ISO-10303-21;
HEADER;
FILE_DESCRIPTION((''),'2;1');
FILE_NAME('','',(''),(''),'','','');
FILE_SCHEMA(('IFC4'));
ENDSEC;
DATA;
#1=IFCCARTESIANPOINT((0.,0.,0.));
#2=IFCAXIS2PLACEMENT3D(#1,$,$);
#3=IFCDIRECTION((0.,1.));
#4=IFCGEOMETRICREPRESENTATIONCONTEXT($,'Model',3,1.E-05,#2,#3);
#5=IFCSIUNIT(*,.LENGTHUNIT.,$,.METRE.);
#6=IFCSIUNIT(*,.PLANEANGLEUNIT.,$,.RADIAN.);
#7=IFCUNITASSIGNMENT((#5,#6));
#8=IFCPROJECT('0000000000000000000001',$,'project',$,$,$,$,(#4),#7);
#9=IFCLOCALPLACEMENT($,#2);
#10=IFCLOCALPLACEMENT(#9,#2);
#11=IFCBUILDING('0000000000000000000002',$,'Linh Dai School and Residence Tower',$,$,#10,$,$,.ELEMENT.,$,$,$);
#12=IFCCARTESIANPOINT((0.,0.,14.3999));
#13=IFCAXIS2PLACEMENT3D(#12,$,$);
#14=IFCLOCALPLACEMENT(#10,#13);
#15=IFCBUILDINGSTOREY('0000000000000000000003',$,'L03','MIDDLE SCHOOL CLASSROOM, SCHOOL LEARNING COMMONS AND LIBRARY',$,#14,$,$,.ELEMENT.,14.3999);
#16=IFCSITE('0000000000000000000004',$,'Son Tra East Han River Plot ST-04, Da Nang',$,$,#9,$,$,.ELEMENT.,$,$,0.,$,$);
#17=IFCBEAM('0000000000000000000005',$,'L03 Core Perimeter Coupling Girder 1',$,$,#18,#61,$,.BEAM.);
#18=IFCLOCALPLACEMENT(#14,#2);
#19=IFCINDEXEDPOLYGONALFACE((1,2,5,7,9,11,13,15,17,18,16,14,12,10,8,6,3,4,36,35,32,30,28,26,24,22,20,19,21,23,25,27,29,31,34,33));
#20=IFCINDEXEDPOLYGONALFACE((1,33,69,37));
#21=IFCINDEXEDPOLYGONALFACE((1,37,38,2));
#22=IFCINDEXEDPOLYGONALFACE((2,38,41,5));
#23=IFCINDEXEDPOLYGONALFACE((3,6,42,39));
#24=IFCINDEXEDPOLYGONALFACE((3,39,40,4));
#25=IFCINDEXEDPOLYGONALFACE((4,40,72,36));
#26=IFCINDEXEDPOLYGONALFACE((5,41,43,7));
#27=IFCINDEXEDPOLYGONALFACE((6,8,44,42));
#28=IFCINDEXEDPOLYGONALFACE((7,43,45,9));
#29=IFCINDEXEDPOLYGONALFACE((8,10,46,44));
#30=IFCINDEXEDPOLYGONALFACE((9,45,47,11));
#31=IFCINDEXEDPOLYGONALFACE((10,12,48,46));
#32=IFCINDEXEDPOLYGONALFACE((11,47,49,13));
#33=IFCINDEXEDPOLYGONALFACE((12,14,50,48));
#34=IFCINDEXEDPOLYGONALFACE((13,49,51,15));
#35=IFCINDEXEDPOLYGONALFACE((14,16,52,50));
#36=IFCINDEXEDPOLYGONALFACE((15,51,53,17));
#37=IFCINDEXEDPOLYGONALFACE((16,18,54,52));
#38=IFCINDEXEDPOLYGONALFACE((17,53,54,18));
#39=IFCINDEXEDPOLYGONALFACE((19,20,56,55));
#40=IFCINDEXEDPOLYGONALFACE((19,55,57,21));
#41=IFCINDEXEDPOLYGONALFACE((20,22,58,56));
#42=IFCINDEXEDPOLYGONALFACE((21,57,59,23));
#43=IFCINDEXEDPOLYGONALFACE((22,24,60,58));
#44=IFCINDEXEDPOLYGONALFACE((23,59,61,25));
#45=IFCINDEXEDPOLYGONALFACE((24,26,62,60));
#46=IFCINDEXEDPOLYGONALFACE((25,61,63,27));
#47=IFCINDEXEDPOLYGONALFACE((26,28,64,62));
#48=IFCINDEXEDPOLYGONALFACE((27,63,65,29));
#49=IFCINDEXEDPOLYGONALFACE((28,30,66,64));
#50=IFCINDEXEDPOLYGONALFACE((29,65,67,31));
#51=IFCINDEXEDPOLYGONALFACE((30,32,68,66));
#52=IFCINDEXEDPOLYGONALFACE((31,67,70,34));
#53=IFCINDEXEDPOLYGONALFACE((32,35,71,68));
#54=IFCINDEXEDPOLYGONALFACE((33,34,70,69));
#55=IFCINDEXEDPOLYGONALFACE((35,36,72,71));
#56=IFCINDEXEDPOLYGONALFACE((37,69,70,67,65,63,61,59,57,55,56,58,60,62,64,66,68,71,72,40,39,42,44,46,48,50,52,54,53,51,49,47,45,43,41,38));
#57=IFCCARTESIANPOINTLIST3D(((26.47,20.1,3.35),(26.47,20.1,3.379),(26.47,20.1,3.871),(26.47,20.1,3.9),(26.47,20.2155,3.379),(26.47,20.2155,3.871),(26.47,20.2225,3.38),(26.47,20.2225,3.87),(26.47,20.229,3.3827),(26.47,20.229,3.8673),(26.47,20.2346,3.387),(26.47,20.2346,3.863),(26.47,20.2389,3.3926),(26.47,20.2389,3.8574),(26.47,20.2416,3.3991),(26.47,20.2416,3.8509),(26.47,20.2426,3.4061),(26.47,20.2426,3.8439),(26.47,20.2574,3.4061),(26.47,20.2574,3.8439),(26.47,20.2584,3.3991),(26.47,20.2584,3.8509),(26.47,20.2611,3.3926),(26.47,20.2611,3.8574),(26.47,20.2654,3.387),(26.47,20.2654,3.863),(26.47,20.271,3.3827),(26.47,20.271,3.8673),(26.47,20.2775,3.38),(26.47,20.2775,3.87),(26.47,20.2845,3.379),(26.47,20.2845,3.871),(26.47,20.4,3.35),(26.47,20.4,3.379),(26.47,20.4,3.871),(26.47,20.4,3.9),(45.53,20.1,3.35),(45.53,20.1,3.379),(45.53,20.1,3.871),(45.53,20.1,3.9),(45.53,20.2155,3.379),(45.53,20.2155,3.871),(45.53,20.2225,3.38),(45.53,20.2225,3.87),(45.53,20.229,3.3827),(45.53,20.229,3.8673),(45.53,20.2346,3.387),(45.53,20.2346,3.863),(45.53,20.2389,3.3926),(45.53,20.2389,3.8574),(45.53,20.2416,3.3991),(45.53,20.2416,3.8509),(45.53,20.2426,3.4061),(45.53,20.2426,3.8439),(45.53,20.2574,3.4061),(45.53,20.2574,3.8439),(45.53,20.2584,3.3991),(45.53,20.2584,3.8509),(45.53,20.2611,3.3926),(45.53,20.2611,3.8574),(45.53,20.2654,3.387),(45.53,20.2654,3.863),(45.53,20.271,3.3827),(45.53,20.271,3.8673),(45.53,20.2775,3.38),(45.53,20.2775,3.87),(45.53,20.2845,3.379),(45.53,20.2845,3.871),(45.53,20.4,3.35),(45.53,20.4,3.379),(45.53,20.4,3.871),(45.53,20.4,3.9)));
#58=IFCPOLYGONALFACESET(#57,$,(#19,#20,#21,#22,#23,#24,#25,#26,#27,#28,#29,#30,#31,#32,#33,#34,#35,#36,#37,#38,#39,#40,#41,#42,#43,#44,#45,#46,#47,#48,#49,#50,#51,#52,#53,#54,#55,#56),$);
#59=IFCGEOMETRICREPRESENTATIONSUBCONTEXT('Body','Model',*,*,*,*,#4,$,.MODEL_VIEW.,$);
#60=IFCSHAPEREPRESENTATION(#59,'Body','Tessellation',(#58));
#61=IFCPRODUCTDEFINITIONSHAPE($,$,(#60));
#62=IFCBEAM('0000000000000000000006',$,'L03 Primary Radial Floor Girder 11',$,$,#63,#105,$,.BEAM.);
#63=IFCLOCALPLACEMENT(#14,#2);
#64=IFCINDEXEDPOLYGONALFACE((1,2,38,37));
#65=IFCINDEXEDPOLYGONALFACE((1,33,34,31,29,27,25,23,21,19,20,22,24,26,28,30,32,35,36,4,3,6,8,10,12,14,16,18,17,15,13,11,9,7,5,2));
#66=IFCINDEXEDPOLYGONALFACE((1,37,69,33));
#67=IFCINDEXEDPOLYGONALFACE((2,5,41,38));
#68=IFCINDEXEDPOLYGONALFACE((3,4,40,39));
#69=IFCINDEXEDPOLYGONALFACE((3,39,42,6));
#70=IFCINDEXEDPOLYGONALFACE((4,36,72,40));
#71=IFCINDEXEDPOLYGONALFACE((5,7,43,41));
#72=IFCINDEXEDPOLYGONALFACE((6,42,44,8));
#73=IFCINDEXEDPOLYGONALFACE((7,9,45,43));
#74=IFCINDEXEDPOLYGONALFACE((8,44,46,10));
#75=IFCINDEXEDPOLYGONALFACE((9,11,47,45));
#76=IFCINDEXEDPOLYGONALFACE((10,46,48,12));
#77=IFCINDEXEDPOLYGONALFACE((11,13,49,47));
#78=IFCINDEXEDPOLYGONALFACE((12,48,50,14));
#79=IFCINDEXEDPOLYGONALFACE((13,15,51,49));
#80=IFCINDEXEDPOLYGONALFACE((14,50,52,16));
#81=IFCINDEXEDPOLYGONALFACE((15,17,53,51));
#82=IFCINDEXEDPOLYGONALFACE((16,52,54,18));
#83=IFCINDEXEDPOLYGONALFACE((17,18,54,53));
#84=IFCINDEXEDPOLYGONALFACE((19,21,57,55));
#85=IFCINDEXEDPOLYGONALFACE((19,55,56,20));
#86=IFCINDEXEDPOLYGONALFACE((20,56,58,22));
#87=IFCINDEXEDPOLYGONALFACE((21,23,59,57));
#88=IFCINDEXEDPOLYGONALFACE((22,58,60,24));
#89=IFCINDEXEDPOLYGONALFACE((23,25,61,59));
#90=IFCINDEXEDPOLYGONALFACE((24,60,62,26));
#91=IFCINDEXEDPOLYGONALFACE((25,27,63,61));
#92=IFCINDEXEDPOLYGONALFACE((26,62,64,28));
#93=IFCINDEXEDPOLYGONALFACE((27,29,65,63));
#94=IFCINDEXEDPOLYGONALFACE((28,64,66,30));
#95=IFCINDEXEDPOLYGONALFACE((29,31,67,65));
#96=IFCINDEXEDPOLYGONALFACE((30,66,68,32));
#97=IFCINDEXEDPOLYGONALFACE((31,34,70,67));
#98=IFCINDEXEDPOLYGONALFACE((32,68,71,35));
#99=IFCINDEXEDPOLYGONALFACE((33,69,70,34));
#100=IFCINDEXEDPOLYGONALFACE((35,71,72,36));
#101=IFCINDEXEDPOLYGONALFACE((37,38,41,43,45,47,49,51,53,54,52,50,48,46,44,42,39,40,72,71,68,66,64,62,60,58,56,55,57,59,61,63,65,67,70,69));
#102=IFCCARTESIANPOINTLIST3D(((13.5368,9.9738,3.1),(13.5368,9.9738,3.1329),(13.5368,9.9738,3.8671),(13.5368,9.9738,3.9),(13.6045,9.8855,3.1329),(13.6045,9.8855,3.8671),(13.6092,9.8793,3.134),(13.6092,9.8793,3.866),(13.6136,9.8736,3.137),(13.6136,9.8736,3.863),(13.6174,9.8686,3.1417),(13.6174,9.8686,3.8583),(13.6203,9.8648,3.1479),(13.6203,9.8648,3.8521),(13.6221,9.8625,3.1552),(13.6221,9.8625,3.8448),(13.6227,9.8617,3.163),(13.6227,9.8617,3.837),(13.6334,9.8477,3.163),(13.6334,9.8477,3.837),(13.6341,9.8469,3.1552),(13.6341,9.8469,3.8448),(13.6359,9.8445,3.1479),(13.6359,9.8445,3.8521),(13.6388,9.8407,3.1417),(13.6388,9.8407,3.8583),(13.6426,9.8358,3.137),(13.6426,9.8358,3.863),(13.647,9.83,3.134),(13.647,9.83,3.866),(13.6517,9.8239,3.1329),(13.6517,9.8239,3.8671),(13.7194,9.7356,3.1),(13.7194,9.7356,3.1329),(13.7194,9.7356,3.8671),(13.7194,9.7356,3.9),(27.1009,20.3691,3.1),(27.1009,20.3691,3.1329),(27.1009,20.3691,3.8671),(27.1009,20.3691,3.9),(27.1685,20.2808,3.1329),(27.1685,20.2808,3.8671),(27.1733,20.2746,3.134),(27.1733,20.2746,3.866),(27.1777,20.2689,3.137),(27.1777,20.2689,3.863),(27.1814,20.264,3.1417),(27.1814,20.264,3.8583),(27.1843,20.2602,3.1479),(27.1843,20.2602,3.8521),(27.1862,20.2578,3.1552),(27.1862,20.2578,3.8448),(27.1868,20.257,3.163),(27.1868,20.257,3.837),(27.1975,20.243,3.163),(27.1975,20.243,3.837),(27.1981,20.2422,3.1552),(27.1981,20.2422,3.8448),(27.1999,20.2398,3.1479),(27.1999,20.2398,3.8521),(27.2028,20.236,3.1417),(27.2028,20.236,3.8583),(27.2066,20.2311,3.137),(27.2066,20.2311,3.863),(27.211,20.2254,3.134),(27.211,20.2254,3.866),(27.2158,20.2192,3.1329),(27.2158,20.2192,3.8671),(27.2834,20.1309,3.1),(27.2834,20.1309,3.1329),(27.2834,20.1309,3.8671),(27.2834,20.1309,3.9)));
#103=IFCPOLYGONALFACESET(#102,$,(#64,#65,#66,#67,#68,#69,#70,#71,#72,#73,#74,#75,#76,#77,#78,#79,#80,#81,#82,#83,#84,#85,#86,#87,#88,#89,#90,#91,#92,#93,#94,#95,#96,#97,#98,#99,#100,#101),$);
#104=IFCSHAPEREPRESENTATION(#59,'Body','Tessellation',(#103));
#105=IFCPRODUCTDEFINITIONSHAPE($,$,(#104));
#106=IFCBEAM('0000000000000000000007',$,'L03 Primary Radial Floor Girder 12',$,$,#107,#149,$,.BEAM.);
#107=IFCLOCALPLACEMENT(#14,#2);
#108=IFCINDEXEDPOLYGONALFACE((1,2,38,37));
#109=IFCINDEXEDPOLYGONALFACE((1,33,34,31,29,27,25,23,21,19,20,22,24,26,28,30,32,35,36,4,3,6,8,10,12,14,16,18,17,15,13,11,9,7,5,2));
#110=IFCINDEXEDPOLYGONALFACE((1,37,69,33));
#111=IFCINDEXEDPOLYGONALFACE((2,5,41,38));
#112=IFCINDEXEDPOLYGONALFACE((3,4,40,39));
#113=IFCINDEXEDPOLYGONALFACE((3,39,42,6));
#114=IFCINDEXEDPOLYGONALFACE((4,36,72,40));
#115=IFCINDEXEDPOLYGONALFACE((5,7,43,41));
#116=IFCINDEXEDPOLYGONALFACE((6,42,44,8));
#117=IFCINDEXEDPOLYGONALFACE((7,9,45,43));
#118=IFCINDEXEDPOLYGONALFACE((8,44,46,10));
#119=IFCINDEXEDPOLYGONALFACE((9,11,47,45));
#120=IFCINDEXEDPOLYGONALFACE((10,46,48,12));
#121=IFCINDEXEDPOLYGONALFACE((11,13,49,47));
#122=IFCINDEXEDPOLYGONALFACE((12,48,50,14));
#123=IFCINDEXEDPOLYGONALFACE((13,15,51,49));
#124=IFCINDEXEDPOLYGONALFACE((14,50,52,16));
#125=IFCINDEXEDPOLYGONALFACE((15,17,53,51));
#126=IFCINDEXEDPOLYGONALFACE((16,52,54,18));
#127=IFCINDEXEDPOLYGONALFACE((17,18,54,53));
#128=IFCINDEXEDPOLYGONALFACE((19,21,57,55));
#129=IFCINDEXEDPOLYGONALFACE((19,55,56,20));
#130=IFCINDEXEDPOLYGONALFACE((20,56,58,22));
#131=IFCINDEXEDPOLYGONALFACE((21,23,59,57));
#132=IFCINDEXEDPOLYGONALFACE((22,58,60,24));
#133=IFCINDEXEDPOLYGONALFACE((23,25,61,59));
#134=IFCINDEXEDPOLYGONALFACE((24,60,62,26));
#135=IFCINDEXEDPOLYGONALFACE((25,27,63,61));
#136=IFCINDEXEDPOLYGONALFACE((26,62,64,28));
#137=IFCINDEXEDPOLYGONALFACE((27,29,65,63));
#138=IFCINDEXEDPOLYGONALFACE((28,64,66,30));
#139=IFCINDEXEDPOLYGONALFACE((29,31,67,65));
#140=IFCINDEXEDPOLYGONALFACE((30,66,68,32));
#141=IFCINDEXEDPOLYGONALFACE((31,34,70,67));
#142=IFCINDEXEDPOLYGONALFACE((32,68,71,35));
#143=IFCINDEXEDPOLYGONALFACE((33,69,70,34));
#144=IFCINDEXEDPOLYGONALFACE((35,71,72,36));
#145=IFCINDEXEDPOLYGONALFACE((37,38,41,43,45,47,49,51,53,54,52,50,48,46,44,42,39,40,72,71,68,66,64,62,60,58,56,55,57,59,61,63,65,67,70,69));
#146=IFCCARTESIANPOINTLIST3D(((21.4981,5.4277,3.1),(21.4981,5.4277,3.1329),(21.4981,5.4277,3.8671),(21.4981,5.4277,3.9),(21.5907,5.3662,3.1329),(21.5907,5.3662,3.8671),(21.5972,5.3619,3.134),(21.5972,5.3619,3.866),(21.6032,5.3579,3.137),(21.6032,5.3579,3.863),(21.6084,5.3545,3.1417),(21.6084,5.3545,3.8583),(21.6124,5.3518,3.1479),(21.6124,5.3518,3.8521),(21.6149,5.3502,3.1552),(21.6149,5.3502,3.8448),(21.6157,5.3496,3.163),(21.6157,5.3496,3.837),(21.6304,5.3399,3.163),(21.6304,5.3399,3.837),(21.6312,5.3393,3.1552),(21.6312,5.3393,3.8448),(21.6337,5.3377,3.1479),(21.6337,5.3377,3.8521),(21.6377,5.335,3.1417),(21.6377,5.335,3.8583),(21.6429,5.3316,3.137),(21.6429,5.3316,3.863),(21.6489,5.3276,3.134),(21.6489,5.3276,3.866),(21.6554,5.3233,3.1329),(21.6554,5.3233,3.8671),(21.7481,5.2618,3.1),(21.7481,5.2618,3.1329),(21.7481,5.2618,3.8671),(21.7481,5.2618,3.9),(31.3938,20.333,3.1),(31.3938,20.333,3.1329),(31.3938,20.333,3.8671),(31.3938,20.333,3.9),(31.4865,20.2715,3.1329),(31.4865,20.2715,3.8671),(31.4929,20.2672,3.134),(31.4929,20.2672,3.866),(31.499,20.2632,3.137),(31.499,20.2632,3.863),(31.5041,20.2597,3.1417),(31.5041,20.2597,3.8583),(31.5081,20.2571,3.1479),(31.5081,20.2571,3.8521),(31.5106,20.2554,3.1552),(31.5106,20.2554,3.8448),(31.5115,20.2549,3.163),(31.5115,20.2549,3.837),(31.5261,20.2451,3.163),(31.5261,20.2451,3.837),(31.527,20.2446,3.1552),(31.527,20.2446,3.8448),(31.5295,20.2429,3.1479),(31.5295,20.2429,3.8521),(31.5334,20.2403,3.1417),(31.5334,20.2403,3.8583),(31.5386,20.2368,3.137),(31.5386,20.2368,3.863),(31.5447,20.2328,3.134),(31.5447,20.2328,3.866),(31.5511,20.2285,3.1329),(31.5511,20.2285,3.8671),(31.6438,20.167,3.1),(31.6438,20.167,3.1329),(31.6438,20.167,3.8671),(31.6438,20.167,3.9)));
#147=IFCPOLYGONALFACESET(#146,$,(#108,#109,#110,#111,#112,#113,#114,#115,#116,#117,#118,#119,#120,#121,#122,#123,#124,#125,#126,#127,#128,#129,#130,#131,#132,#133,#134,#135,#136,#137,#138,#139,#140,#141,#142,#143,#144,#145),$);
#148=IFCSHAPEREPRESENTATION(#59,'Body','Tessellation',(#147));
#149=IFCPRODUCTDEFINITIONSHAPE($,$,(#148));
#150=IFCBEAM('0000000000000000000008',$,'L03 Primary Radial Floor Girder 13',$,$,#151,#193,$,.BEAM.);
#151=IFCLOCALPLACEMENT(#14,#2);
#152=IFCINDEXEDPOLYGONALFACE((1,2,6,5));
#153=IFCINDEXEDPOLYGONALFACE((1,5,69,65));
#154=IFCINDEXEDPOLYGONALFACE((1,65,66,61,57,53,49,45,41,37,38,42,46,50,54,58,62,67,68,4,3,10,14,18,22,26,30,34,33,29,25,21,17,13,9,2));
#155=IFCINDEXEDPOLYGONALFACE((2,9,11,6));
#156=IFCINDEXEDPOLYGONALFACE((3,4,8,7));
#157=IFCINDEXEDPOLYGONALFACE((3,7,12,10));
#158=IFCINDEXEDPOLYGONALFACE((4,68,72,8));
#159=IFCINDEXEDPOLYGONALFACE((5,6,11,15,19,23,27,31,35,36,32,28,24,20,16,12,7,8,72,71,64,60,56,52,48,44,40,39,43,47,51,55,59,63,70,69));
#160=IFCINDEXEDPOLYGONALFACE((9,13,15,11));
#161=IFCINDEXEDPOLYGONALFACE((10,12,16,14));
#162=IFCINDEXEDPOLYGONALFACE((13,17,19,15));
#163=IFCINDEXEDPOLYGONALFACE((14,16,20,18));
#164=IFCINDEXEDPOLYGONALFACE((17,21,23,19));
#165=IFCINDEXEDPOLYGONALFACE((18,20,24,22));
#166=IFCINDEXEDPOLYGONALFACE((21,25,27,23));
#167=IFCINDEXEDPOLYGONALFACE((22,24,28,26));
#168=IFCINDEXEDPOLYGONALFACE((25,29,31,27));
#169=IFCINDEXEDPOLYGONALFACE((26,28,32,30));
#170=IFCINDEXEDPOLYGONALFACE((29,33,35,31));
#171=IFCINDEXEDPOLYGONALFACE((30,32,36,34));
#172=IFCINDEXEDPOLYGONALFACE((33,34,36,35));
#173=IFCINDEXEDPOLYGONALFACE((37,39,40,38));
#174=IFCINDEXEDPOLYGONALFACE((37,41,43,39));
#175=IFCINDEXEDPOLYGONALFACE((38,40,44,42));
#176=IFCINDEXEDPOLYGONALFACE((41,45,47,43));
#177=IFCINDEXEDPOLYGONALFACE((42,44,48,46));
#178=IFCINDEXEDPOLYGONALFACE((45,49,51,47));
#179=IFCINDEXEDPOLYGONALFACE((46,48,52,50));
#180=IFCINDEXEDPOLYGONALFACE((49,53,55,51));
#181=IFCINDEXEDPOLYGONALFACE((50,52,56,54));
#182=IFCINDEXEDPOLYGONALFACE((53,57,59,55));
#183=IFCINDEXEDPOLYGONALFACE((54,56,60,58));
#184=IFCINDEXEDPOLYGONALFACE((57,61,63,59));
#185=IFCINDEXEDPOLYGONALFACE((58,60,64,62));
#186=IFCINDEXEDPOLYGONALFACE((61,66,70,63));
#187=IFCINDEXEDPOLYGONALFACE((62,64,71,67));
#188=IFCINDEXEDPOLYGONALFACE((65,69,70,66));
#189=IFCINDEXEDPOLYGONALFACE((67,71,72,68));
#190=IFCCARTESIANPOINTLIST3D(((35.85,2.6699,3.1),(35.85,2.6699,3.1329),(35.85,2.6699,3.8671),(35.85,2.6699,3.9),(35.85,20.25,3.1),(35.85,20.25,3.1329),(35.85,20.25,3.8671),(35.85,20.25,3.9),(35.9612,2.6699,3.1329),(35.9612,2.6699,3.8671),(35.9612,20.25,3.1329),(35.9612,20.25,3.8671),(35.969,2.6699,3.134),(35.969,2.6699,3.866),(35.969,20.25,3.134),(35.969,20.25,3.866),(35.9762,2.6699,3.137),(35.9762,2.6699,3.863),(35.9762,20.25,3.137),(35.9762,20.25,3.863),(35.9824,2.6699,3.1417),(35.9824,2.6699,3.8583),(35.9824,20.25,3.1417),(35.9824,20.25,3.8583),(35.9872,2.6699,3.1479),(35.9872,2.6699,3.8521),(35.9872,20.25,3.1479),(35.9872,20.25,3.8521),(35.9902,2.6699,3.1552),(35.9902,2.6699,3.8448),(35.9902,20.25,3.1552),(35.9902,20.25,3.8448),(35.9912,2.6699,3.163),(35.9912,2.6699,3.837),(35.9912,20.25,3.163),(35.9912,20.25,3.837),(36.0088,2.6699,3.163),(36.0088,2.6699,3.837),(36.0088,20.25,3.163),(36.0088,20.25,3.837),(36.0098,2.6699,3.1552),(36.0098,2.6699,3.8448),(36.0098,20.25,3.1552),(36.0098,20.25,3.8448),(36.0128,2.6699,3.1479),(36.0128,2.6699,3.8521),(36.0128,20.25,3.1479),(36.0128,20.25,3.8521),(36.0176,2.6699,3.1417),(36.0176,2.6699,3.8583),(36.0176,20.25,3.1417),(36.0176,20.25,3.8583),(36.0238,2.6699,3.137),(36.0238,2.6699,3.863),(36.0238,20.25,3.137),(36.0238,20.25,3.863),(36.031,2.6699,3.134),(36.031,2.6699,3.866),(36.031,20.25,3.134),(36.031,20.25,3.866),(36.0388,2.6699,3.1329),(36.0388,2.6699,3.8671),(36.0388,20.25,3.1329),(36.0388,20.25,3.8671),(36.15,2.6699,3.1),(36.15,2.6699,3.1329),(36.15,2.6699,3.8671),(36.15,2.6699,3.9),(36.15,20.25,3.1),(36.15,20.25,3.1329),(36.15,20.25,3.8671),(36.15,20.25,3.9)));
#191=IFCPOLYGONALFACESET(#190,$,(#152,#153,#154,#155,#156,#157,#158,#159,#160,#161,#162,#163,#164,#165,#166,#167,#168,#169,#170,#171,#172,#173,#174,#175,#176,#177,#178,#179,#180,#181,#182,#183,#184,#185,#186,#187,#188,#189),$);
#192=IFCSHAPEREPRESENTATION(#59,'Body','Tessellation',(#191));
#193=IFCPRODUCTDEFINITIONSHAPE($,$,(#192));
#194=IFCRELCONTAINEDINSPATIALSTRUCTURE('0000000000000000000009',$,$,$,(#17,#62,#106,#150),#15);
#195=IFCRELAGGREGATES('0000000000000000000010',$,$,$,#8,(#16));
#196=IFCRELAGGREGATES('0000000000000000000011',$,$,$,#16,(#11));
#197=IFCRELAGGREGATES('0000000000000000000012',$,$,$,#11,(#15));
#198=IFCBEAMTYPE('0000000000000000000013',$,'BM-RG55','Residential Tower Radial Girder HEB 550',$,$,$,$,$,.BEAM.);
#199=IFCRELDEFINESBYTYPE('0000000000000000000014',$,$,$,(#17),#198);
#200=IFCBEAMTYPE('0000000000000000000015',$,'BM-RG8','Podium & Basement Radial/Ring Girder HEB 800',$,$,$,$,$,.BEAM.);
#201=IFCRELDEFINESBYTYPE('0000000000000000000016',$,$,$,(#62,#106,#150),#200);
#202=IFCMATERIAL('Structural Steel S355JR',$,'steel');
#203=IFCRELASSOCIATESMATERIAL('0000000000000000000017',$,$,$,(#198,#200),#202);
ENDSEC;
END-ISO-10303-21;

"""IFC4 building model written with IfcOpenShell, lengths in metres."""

from ifc_helpers import new_model, si_unit, direction, frame, origin, origin_2d, place, context, subcontext, project, spatial, i_section, extrude, material, material_profile, profile_set, type_object, element, save


model = new_model("IFC4")

# Units and contexts
model_context = context("Model", 3, precision=1e-05, world=origin(), true_north=direction((0.0, 1.0)))
body_context = subcontext(model_context, "Body", "Model", "MODEL_VIEW")
ifc_project = project(units=[si_unit("LENGTHUNIT", "METRE"), si_unit("PLANEANGLEUNIT", "RADIAN")], contexts=[model_context])

# Site, building, storey
site_placement = place(None, origin())
site = spatial("IfcSite", under=ifc_project, at=site_placement, Name="Son Tra East Han River Plot ST-04, Da Nang", CompositionType="ELEMENT", RefElevation=0.0)
building_placement = place(site_placement, origin())
building = spatial("IfcBuilding", under=site, at=building_placement, Name="Linh Dai School and Residence Tower", CompositionType="ELEMENT")
storey_placement = place(building_placement, frame((0.0, 0.0, 14.3999)))
storey = spatial("IfcBuildingStorey", under=building, at=storey_placement, Name="L03", Description="MIDDLE SCHOOL CLASSROOM, SCHOOL LEARNING COMMONS AND LIBRARY", CompositionType="ELEMENT", Elevation=14.3999)

# Shared definitions
ifc_material_1 = material(Name="Structural Steel S355JR", Category="steel")

# Beams
ifc_material_profile_1 = material_profile(ifc_material_1, i_section(OverallWidth=0.3, OverallDepth=0.55, WebThickness=0.0149, FlangeThickness=0.0291, FilletRadius=0.0271, at=origin_2d()), Name="HEB 550")
ifc_profile_set_1 = profile_set([ifc_material_profile_1], Name="Structural Steel S355JR")
beam_type_1 = type_object("IfcBeamType", Name="BM-RG55", Description="Residential Tower Radial Girder HEB 550", PredefinedType="BEAM", material=ifc_profile_set_1)
beam_1_placement = place(storey_placement, frame((26.47, 20.25, 3.625), z_axis=(1.0, 0.0, 0.0), x_axis=(0.0, 1.0, 0.0)))
element("IfcBeam", 1, at=beam_1_placement, inside=storey, type_object=beam_type_1, Name="L03 Core Perimeter Coupling Girder 1", PredefinedType="BEAM", context=body_context, shape_type="SweptSolid", body=[
    extrude(i_section(OverallWidth=0.3, OverallDepth=0.55, WebThickness=0.0149, FlangeThickness=0.0291, FilletRadius=0.0271, at=origin_2d()), origin(), (0.0, 0.0, 1.0), 19.0601),
])
ifc_material_profile_2 = material_profile(ifc_material_1, i_section(OverallWidth=0.3, OverallDepth=0.8, WebThickness=0.0176, FlangeThickness=0.033, FilletRadius=0.03, at=origin_2d()), Name="HEB 800")
ifc_profile_set_2 = profile_set([ifc_material_profile_2], Name="Structural Steel S355JR")
beam_type_2 = type_object("IfcBeamType", Name="BM-RG8", Description="Podium & Basement Radial/Ring Girder HEB 800", PredefinedType="BEAM", material=ifc_profile_set_2)
beam_2_placement = place(storey_placement, frame((27.1921, 20.25, 3.5), z_axis=(-0.793713, -0.608292, 0.0), x_axis=(0.608292, -0.793713, 0.0)))
element("IfcBeam", 2, at=beam_2_placement, inside=storey, type_object=beam_type_2, Name="L03 Primary Radial Floor Girder 11", PredefinedType="BEAM", context=body_context, shape_type="SweptSolid", body=[
    extrude(i_section(OverallWidth=0.3, OverallDepth=0.8, WebThickness=0.0176, FlangeThickness=0.033, FilletRadius=0.03, at=origin_2d()), origin(), (0.0, 0.0, 1.0), 17.0894),
])
beam_3_placement = place(storey_placement, frame((31.5188, 20.25, 3.5), z_axis=(-0.553109, -0.833109, 0.0), x_axis=(0.833109, -0.553109, 0.0)))
element("IfcBeam", 3, at=beam_3_placement, inside=storey, type_object=beam_type_2, Name="L03 Primary Radial Floor Girder 12", PredefinedType="BEAM", context=body_context, shape_type="SweptSolid", body=[
    extrude(i_section(OverallWidth=0.3, OverallDepth=0.8, WebThickness=0.0176, FlangeThickness=0.033, FilletRadius=0.03, at=origin_2d()), origin(), (0.0, 0.0, 1.0), 17.8911),
])
beam_4_placement = place(storey_placement, frame((36.0, 20.25, 3.5), z_axis=(0.0, -1.0, 0.0), x_axis=(1.0, 0.0, 0.0)))
element("IfcBeam", 4, at=beam_4_placement, inside=storey, type_object=beam_type_2, Name="L03 Primary Radial Floor Girder 13", PredefinedType="BEAM", context=body_context, shape_type="SweptSolid", body=[
    extrude(i_section(OverallWidth=0.3, OverallDepth=0.8, WebThickness=0.0176, FlangeThickness=0.033, FilletRadius=0.03, at=origin_2d()), origin(), (0.0, 0.0, 1.0), 17.5801),
])

save(model, "model.ifc")
